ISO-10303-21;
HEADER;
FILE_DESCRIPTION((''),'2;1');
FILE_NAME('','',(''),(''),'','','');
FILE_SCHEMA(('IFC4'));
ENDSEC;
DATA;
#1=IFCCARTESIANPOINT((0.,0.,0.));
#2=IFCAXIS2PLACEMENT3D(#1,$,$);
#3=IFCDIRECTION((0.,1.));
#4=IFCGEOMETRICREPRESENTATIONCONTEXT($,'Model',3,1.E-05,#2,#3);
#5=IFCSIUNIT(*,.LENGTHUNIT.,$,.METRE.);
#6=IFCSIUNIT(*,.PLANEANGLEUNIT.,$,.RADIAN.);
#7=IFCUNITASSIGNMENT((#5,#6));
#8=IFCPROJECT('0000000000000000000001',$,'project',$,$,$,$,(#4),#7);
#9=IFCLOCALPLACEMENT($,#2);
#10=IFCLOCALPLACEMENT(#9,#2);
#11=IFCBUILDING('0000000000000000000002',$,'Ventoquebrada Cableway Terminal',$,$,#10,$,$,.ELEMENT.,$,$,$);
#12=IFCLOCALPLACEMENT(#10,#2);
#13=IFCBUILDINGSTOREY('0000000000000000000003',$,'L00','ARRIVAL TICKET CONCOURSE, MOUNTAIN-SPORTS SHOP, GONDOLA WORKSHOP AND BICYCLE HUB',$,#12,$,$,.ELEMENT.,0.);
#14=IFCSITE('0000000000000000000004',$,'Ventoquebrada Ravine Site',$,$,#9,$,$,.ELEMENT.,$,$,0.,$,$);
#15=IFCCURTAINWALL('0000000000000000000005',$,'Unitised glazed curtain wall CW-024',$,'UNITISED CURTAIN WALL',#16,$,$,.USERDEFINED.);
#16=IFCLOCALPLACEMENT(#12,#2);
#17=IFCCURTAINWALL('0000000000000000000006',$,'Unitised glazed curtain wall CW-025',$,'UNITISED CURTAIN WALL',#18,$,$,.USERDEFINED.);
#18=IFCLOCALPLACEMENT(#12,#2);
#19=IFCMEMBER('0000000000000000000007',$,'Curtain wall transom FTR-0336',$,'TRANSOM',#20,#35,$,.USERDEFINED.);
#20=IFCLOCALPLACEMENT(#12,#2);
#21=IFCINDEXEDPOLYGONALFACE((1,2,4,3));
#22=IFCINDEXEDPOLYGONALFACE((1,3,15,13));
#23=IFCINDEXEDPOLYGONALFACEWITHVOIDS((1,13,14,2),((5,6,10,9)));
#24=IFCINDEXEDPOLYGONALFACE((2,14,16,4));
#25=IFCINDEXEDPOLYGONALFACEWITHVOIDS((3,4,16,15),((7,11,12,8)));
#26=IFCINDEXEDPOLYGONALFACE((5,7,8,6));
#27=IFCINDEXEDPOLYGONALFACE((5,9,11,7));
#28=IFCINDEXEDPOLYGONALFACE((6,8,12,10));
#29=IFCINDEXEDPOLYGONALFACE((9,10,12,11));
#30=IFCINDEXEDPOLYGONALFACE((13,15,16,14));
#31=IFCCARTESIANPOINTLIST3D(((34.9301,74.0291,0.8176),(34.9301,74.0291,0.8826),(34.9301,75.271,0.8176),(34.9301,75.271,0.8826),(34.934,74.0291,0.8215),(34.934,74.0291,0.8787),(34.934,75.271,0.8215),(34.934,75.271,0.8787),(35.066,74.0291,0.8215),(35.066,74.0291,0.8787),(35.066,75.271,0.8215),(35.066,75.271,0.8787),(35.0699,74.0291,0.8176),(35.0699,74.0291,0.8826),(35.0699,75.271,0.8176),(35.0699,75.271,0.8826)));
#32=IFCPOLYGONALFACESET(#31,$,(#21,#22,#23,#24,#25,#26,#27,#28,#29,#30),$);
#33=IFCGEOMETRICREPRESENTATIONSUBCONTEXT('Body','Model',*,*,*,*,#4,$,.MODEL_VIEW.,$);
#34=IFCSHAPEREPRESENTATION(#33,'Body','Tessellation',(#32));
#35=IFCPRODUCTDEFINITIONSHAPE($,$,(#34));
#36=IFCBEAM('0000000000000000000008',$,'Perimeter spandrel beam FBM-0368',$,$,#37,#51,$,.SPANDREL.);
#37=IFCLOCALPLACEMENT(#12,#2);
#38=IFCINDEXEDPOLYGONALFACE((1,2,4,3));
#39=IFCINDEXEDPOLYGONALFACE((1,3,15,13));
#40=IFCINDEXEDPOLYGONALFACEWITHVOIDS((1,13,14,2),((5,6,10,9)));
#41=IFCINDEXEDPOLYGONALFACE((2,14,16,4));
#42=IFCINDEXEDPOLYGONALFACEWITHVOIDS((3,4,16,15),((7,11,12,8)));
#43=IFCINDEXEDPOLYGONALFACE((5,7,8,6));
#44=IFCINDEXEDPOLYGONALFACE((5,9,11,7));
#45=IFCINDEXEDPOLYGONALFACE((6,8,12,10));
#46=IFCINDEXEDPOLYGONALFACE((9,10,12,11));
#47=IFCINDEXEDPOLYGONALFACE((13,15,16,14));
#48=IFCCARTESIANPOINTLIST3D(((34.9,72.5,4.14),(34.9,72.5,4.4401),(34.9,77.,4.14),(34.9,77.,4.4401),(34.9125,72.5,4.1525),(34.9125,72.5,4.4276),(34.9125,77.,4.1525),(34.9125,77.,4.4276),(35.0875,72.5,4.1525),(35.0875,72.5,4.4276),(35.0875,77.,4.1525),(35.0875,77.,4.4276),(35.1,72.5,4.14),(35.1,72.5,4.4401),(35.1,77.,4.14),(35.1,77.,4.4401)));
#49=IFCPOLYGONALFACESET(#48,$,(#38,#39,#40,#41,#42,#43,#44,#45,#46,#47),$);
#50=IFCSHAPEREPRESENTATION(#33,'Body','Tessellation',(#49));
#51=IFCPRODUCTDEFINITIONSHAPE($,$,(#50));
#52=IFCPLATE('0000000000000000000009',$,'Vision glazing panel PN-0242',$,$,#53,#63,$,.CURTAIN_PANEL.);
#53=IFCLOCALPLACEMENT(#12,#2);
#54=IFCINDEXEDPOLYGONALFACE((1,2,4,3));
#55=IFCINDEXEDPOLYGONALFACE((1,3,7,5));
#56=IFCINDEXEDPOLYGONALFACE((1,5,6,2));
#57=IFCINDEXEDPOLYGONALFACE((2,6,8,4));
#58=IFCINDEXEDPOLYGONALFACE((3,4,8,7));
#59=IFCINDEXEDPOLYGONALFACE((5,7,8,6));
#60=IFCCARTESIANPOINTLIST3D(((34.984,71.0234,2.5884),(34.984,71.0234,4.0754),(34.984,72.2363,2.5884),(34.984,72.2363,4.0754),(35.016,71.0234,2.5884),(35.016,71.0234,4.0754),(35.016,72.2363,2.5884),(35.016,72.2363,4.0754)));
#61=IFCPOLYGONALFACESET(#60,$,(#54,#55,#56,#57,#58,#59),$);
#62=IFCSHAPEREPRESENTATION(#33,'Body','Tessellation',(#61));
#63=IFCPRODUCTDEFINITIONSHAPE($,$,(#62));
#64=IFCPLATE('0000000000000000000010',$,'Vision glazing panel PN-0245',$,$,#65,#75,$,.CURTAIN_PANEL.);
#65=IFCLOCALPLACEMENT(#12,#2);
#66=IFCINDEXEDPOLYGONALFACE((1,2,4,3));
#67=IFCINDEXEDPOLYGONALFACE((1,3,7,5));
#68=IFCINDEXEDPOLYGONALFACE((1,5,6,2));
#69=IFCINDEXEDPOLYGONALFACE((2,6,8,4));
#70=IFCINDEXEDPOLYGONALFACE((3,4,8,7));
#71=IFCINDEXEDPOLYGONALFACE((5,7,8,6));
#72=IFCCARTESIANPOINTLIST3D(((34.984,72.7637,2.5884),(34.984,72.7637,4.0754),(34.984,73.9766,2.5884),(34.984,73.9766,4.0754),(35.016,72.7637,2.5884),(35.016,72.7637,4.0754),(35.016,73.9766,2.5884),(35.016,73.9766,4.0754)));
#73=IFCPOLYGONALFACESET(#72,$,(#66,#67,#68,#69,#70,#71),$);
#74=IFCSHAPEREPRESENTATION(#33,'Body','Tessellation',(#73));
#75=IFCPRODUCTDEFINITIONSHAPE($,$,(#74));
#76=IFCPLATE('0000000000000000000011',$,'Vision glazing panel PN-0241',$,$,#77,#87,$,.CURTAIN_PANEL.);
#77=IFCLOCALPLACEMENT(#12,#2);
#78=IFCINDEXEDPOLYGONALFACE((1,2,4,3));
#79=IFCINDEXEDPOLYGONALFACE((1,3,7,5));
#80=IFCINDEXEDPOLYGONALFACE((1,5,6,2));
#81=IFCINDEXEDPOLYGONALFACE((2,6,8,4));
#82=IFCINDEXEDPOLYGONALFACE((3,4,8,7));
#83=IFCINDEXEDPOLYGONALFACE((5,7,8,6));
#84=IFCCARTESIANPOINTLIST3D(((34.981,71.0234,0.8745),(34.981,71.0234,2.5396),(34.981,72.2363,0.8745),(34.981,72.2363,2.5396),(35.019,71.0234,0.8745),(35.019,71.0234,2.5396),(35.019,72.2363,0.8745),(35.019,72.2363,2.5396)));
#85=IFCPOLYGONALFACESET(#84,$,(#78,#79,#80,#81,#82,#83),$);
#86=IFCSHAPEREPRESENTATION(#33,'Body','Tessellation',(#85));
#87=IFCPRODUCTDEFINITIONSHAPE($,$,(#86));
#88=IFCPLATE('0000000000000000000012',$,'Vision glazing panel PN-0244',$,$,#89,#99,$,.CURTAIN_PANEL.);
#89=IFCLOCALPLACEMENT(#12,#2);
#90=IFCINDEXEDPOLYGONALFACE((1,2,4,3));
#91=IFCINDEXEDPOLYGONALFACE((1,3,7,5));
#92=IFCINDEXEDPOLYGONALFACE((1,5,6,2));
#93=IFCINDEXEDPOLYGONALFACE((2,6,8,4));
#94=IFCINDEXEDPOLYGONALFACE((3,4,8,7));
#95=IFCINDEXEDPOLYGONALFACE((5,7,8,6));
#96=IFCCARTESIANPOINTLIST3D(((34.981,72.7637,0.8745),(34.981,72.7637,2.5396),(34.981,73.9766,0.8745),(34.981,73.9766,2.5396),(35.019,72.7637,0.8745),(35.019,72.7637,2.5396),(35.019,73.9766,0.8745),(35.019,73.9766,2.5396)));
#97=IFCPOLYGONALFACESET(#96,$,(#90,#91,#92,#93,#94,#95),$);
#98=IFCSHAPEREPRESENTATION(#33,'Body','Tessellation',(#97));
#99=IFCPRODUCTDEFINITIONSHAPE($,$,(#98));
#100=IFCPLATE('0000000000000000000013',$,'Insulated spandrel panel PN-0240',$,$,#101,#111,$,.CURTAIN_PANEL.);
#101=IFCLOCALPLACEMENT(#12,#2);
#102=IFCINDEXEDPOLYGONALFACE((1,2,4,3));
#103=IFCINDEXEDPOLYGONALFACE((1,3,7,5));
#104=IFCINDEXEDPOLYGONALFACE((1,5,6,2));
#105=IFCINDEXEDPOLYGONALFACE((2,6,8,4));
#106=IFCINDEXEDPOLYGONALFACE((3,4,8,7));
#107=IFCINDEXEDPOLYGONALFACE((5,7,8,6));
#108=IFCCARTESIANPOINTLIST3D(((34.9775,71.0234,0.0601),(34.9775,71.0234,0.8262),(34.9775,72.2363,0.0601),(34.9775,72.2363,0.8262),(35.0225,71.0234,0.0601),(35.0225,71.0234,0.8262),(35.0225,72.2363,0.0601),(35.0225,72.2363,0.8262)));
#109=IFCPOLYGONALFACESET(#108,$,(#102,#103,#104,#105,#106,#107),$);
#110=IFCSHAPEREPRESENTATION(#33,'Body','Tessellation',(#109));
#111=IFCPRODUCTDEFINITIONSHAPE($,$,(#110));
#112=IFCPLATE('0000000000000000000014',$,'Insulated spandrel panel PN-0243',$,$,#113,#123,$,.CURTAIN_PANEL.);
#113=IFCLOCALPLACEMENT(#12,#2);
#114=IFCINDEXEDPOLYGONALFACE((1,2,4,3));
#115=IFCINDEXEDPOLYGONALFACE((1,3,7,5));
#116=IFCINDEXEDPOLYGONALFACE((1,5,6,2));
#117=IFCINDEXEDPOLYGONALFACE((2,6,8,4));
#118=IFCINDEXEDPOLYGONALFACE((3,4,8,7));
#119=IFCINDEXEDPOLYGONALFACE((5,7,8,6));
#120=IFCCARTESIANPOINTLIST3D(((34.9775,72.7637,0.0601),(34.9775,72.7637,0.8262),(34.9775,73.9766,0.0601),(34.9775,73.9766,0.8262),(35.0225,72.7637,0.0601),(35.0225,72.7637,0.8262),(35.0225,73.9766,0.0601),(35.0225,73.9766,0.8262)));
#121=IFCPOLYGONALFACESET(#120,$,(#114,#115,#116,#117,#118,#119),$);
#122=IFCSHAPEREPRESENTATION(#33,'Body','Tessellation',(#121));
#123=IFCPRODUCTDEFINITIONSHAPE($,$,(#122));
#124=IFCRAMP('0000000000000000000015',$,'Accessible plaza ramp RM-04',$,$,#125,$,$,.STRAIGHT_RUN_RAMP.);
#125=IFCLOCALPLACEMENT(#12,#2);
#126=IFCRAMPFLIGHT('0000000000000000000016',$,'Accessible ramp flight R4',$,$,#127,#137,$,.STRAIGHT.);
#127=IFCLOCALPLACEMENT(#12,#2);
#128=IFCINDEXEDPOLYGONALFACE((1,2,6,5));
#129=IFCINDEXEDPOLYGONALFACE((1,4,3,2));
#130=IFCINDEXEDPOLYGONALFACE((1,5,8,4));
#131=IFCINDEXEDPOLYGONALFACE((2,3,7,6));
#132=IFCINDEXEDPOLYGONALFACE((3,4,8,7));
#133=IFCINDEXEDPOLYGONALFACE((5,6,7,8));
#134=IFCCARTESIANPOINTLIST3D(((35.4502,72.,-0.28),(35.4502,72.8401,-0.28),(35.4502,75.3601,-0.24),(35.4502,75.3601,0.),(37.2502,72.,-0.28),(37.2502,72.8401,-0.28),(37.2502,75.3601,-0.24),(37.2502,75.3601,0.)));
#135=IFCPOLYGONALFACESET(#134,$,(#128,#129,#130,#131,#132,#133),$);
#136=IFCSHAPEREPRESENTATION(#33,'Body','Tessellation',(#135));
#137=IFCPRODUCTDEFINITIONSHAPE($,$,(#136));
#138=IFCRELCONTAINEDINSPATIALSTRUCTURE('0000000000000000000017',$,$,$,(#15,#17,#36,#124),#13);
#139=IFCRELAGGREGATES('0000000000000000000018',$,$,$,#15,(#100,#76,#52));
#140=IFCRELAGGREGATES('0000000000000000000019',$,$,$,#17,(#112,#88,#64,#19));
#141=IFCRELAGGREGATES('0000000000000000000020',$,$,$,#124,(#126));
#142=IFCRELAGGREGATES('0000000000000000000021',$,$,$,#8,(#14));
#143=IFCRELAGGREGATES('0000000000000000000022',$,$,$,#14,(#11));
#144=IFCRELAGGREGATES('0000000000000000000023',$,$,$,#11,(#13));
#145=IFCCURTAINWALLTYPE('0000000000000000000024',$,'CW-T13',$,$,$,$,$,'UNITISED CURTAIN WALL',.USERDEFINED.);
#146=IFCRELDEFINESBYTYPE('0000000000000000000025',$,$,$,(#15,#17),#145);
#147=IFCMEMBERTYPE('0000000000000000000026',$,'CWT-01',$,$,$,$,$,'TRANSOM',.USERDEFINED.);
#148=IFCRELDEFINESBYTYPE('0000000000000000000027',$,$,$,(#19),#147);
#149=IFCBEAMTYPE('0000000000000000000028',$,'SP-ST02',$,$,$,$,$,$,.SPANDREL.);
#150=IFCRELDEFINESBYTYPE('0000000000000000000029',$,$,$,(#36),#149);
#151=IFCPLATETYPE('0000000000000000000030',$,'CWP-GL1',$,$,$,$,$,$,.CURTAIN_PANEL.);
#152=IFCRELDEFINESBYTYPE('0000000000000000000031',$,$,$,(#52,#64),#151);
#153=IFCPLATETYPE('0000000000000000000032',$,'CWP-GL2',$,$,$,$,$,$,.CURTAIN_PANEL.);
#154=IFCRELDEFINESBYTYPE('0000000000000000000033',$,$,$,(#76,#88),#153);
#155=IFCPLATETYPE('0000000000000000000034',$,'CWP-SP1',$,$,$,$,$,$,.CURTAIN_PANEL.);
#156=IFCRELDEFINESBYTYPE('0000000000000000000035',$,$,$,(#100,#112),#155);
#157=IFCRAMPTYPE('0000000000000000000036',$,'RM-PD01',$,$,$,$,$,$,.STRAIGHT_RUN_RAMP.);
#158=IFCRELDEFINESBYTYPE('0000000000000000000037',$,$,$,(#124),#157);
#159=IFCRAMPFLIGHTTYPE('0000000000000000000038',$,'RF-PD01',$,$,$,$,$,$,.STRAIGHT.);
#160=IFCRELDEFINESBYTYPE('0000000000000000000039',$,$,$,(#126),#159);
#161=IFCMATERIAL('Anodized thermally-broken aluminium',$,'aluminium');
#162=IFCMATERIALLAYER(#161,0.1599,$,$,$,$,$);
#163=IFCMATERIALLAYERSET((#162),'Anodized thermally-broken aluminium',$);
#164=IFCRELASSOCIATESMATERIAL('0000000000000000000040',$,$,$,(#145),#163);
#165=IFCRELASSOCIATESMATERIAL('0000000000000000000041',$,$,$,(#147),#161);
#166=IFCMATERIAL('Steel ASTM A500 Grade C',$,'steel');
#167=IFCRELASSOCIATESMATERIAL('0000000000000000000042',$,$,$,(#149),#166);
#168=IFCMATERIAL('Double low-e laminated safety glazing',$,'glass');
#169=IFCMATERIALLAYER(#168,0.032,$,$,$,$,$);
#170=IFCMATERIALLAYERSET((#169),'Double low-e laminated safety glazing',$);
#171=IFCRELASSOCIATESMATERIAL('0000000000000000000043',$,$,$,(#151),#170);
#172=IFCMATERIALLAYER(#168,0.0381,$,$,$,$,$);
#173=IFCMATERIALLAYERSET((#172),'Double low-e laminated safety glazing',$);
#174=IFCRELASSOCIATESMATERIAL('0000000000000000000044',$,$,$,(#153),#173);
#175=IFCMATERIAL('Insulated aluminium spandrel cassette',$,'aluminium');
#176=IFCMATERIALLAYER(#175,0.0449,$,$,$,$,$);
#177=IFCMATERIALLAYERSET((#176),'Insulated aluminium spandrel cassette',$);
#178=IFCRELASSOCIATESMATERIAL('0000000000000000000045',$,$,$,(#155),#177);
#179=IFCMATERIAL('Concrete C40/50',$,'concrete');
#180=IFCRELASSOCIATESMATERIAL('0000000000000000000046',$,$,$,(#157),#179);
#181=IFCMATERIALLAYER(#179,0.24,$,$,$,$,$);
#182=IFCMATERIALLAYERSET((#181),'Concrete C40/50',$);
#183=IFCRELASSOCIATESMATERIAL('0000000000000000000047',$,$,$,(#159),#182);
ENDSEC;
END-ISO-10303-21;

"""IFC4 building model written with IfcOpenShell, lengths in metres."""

from ifc_helpers import new_model, si_unit, direction, frame, origin, origin_2d, place, context, subcontext, project, spatial, polyline, rectangle, hollow_rectangle, outline, extrude, material, layer, layer_set, material_profile, profile_set, type_object, element, aggregate, save


model = new_model("IFC4")

# Units and contexts
model_context = context("Model", 3, precision=1e-05, world=origin(), true_north=direction((0.0, 1.0)))
body_context = subcontext(model_context, "Body", "Model", "MODEL_VIEW")
ifc_project = project(units=[si_unit("LENGTHUNIT", "METRE"), si_unit("PLANEANGLEUNIT", "RADIAN")], contexts=[model_context])

# Site, building, storey
site_placement = place(None, origin())
site = spatial("IfcSite", under=ifc_project, at=site_placement, Name="Ventoquebrada Ravine Site", CompositionType="ELEMENT", RefElevation=0.0)
building_placement = place(site_placement, origin())
building = spatial("IfcBuilding", under=site, at=building_placement, Name="Ventoquebrada Cableway Terminal", CompositionType="ELEMENT")
storey_placement = place(building_placement, origin())
storey = spatial("IfcBuildingStorey", under=building, at=storey_placement, Name="L00", Description="ARRIVAL TICKET CONCOURSE, MOUNTAIN-SPORTS SHOP, GONDOLA WORKSHOP AND BICYCLE HUB", CompositionType="ELEMENT", Elevation=0.0)

# Shared definitions
ifc_material_1 = material(Name="Concrete C40/50", Category="concrete")

# Curtain wall
ifc_material_2 = material(Name="Anodized thermally-broken aluminium", Category="aluminium")
ifc_layer_1 = layer(ifc_material_2, 0.1599)
ifc_layer_set_1 = layer_set([ifc_layer_1], Name="Anodized thermally-broken aluminium")
curtain_wall_type = type_object("IfcCurtainWallType", Name="CW-T13", ElementType="UNITISED CURTAIN WALL", PredefinedType="USERDEFINED", material=ifc_layer_set_1)
curtain_wall_1_placement = place(storey_placement, origin())
curtain_wall_1 = element("IfcCurtainWall", 1, at=curtain_wall_1_placement, inside=storey, type_object=curtain_wall_type, Name="Unitised glazed curtain wall CW-024", ObjectType="UNITISED CURTAIN WALL", PredefinedType="USERDEFINED")

# Curtain wall
curtain_wall_2_placement = place(storey_placement, origin())
curtain_wall_2 = element("IfcCurtainWall", 2, at=curtain_wall_2_placement, inside=storey, type_object=curtain_wall_type, Name="Unitised glazed curtain wall CW-025", ObjectType="UNITISED CURTAIN WALL", PredefinedType="USERDEFINED")

# Member
ifc_material_profile_1 = material_profile(ifc_material_2, hollow_rectangle(XDim=0.0649, YDim=0.1399, WallThickness=0.0039, at=origin_2d()), Name="CW-TRN-65X140")
ifc_profile_set_1 = profile_set([ifc_material_profile_1], Name="Anodized thermally-broken aluminium")
member_type_1 = type_object("IfcMemberType", Name="CWT-01", ElementType="TRANSOM", PredefinedType="USERDEFINED", material=ifc_profile_set_1)
member_1_placement = place(storey_placement, frame((35.0, 74.0291, 0.8501), z_axis=(0.0, 1.0, 0.0), x_axis=(0.0, 0.0, 1.0)))
member_1 = element("IfcMember", 3, at=member_1_placement, type_object=member_type_1, Name="Curtain wall transom FTR-0336", ObjectType="TRANSOM", PredefinedType="USERDEFINED", context=body_context, shape_type="SweptSolid", body=[
    extrude(hollow_rectangle(XDim=0.0649, YDim=0.1399, WallThickness=0.0039, at=origin_2d()), origin(), (0.0, 0.0, 1.0), 1.2419),
])

# Beam
ifc_material_3 = material(Name="Steel ASTM A500 Grade C", Category="steel")
ifc_material_profile_2 = material_profile(ifc_material_3, hollow_rectangle(XDim=0.2, YDim=0.3, WallThickness=0.0125, at=origin_2d()), Name="RHS300X200X12.5")
ifc_profile_set_2 = profile_set([ifc_material_profile_2], Name="Steel ASTM A500 Grade C")
beam_type = type_object("IfcBeamType", Name="SP-ST02", PredefinedType="SPANDREL", material=ifc_profile_set_2)
beam_placement = place(storey_placement, frame((35.0, 72.5, 4.29), z_axis=(0.0, 1.0, 0.0), x_axis=(-1.0, 0.0, 0.0)))
element("IfcBeam", 4, at=beam_placement, inside=storey, type_object=beam_type, Name="Perimeter spandrel beam FBM-0368", PredefinedType="SPANDREL", context=body_context, shape_type="SweptSolid", body=[
    extrude(hollow_rectangle(XDim=0.2, YDim=0.3, WallThickness=0.0125, at=origin_2d()), origin(), (0.0, 0.0, 1.0), 4.5),
])

# Plates
ifc_material_4 = material(Name="Double low-e laminated safety glazing", Category="glass")
ifc_layer_2 = layer(ifc_material_4, 0.032)
ifc_layer_set_2 = layer_set([ifc_layer_2], Name="Double low-e laminated safety glazing")
plate_type_1 = type_object("IfcPlateType", Name="CWP-GL1", PredefinedType="CURTAIN_PANEL", material=ifc_layer_set_2)
plate_1_placement = place(storey_placement, frame((35.0, 71.6299, 2.5884), z_axis=(0.0, 0.0, 1.0), x_axis=(0.0, 1.0, 0.0)))
plate_1 = element("IfcPlate", 5, at=plate_1_placement, type_object=plate_type_1, Name="Vision glazing panel PN-0242", PredefinedType="CURTAIN_PANEL", context=body_context, shape_type="SweptSolid", body=[
    extrude(rectangle(XDim=1.2129, YDim=0.032, at=origin_2d()), origin(), (0.0, 0.0, 1.0), 1.4871),
])
plate_2_placement = place(storey_placement, frame((35.0, 73.3701, 2.5884), z_axis=(0.0, 0.0, 1.0), x_axis=(0.0, 1.0, 0.0)))
plate_2 = element("IfcPlate", 6, at=plate_2_placement, type_object=plate_type_1, Name="Vision glazing panel PN-0245", PredefinedType="CURTAIN_PANEL", context=body_context, shape_type="SweptSolid", body=[
    extrude(rectangle(XDim=1.2129, YDim=0.032, at=origin_2d()), origin(), (0.0, 0.0, 1.0), 1.4871),
])
ifc_layer_3 = layer(ifc_material_4, 0.0381)
ifc_layer_set_3 = layer_set([ifc_layer_3], Name="Double low-e laminated safety glazing")
plate_type_2 = type_object("IfcPlateType", Name="CWP-GL2", PredefinedType="CURTAIN_PANEL", material=ifc_layer_set_3)
plate_3_placement = place(storey_placement, frame((35.0, 71.6299, 0.8745), z_axis=(0.0, 0.0, 1.0), x_axis=(0.0, 1.0, 0.0)))
plate_3 = element("IfcPlate", 7, at=plate_3_placement, type_object=plate_type_2, Name="Vision glazing panel PN-0241", PredefinedType="CURTAIN_PANEL", context=body_context, shape_type="SweptSolid", body=[
    extrude(rectangle(XDim=1.2129, YDim=0.0381, at=origin_2d()), origin(), (0.0, 0.0, 1.0), 1.665),
])
plate_4_placement = place(storey_placement, frame((35.0, 73.3701, 0.8745), z_axis=(0.0, 0.0, 1.0), x_axis=(0.0, 1.0, 0.0)))
plate_4 = element("IfcPlate", 8, at=plate_4_placement, type_object=plate_type_2, Name="Vision glazing panel PN-0244", PredefinedType="CURTAIN_PANEL", context=body_context, shape_type="SweptSolid", body=[
    extrude(rectangle(XDim=1.2129, YDim=0.0381, at=origin_2d()), origin(), (0.0, 0.0, 1.0), 1.665),
])
ifc_material_5 = material(Name="Insulated aluminium spandrel cassette", Category="aluminium")
ifc_layer_4 = layer(ifc_material_5, 0.0449)
ifc_layer_set_4 = layer_set([ifc_layer_4], Name="Insulated aluminium spandrel cassette")
plate_type_3 = type_object("IfcPlateType", Name="CWP-SP1", PredefinedType="CURTAIN_PANEL", material=ifc_layer_set_4)
plate_5_placement = place(storey_placement, frame((35.0, 71.6299, 0.0601), z_axis=(0.0, 0.0, 1.0), x_axis=(0.0, 1.0, 0.0)))
plate_5 = element("IfcPlate", 9, at=plate_5_placement, type_object=plate_type_3, Name="Insulated spandrel panel PN-0240", PredefinedType="CURTAIN_PANEL", context=body_context, shape_type="SweptSolid", body=[
    extrude(rectangle(XDim=1.2129, YDim=0.0449, at=origin_2d()), origin(), (0.0, 0.0, 1.0), 0.7661),
])
aggregate(curtain_wall_1, [plate_5, plate_3, plate_1])
plate_6_placement = place(storey_placement, frame((35.0, 73.3701, 0.0601), z_axis=(0.0, 0.0, 1.0), x_axis=(0.0, 1.0, 0.0)))
plate_6 = element("IfcPlate", 10, at=plate_6_placement, type_object=plate_type_3, Name="Insulated spandrel panel PN-0243", PredefinedType="CURTAIN_PANEL", context=body_context, shape_type="SweptSolid", body=[
    extrude(rectangle(XDim=1.2129, YDim=0.0449, at=origin_2d()), origin(), (0.0, 0.0, 1.0), 0.7661),
])
aggregate(curtain_wall_2, [plate_6, plate_4, plate_2, member_1])

# Ramp, ramp flight
ramp_type = type_object("IfcRampType", Name="RM-PD01", PredefinedType="STRAIGHT_RUN_RAMP", material=ifc_material_1)
ramp_placement = place(storey_placement, origin())
ramp = element("IfcRamp", 11, at=ramp_placement, inside=storey, type_object=ramp_type, Name="Accessible plaza ramp RM-04", PredefinedType="STRAIGHT_RUN_RAMP")
ifc_layer_5 = layer(ifc_material_1, 0.24)
ifc_layer_set_5 = layer_set([ifc_layer_5], Name="Concrete C40/50")
ramp_flight_type = type_object("IfcRampFlightType", Name="RF-PD01", PredefinedType="STRAIGHT", material=ifc_layer_set_5)
ramp_flight_placement = place(storey_placement, frame((36.3501, 72.0, -0.28), z_axis=(0.0, 0.0, 1.0), x_axis=(0.0, 1.0, 0.0)))
ramp_flight = element("IfcRampFlight", 12, at=ramp_flight_placement, type_object=ramp_flight_type, Name="Accessible ramp flight R4", PredefinedType="STRAIGHT", context=body_context, shape_type="SweptSolid", body=[
    extrude(outline(polyline([(0.0, 0.0), (0.8401, 0.0), (3.3601, 0.04), (3.3601, 0.28), (0.0, 0.0)])), frame((0.0, 0.8999, 0.0), z_axis=(0.0, -1.0, 0.0), x_axis=(1.0, 0.0, 0.0)), (0.0, 0.0, 1.0), 1.8),
])
aggregate(ramp, [ramp_flight])

save(model, "model.ifc")
